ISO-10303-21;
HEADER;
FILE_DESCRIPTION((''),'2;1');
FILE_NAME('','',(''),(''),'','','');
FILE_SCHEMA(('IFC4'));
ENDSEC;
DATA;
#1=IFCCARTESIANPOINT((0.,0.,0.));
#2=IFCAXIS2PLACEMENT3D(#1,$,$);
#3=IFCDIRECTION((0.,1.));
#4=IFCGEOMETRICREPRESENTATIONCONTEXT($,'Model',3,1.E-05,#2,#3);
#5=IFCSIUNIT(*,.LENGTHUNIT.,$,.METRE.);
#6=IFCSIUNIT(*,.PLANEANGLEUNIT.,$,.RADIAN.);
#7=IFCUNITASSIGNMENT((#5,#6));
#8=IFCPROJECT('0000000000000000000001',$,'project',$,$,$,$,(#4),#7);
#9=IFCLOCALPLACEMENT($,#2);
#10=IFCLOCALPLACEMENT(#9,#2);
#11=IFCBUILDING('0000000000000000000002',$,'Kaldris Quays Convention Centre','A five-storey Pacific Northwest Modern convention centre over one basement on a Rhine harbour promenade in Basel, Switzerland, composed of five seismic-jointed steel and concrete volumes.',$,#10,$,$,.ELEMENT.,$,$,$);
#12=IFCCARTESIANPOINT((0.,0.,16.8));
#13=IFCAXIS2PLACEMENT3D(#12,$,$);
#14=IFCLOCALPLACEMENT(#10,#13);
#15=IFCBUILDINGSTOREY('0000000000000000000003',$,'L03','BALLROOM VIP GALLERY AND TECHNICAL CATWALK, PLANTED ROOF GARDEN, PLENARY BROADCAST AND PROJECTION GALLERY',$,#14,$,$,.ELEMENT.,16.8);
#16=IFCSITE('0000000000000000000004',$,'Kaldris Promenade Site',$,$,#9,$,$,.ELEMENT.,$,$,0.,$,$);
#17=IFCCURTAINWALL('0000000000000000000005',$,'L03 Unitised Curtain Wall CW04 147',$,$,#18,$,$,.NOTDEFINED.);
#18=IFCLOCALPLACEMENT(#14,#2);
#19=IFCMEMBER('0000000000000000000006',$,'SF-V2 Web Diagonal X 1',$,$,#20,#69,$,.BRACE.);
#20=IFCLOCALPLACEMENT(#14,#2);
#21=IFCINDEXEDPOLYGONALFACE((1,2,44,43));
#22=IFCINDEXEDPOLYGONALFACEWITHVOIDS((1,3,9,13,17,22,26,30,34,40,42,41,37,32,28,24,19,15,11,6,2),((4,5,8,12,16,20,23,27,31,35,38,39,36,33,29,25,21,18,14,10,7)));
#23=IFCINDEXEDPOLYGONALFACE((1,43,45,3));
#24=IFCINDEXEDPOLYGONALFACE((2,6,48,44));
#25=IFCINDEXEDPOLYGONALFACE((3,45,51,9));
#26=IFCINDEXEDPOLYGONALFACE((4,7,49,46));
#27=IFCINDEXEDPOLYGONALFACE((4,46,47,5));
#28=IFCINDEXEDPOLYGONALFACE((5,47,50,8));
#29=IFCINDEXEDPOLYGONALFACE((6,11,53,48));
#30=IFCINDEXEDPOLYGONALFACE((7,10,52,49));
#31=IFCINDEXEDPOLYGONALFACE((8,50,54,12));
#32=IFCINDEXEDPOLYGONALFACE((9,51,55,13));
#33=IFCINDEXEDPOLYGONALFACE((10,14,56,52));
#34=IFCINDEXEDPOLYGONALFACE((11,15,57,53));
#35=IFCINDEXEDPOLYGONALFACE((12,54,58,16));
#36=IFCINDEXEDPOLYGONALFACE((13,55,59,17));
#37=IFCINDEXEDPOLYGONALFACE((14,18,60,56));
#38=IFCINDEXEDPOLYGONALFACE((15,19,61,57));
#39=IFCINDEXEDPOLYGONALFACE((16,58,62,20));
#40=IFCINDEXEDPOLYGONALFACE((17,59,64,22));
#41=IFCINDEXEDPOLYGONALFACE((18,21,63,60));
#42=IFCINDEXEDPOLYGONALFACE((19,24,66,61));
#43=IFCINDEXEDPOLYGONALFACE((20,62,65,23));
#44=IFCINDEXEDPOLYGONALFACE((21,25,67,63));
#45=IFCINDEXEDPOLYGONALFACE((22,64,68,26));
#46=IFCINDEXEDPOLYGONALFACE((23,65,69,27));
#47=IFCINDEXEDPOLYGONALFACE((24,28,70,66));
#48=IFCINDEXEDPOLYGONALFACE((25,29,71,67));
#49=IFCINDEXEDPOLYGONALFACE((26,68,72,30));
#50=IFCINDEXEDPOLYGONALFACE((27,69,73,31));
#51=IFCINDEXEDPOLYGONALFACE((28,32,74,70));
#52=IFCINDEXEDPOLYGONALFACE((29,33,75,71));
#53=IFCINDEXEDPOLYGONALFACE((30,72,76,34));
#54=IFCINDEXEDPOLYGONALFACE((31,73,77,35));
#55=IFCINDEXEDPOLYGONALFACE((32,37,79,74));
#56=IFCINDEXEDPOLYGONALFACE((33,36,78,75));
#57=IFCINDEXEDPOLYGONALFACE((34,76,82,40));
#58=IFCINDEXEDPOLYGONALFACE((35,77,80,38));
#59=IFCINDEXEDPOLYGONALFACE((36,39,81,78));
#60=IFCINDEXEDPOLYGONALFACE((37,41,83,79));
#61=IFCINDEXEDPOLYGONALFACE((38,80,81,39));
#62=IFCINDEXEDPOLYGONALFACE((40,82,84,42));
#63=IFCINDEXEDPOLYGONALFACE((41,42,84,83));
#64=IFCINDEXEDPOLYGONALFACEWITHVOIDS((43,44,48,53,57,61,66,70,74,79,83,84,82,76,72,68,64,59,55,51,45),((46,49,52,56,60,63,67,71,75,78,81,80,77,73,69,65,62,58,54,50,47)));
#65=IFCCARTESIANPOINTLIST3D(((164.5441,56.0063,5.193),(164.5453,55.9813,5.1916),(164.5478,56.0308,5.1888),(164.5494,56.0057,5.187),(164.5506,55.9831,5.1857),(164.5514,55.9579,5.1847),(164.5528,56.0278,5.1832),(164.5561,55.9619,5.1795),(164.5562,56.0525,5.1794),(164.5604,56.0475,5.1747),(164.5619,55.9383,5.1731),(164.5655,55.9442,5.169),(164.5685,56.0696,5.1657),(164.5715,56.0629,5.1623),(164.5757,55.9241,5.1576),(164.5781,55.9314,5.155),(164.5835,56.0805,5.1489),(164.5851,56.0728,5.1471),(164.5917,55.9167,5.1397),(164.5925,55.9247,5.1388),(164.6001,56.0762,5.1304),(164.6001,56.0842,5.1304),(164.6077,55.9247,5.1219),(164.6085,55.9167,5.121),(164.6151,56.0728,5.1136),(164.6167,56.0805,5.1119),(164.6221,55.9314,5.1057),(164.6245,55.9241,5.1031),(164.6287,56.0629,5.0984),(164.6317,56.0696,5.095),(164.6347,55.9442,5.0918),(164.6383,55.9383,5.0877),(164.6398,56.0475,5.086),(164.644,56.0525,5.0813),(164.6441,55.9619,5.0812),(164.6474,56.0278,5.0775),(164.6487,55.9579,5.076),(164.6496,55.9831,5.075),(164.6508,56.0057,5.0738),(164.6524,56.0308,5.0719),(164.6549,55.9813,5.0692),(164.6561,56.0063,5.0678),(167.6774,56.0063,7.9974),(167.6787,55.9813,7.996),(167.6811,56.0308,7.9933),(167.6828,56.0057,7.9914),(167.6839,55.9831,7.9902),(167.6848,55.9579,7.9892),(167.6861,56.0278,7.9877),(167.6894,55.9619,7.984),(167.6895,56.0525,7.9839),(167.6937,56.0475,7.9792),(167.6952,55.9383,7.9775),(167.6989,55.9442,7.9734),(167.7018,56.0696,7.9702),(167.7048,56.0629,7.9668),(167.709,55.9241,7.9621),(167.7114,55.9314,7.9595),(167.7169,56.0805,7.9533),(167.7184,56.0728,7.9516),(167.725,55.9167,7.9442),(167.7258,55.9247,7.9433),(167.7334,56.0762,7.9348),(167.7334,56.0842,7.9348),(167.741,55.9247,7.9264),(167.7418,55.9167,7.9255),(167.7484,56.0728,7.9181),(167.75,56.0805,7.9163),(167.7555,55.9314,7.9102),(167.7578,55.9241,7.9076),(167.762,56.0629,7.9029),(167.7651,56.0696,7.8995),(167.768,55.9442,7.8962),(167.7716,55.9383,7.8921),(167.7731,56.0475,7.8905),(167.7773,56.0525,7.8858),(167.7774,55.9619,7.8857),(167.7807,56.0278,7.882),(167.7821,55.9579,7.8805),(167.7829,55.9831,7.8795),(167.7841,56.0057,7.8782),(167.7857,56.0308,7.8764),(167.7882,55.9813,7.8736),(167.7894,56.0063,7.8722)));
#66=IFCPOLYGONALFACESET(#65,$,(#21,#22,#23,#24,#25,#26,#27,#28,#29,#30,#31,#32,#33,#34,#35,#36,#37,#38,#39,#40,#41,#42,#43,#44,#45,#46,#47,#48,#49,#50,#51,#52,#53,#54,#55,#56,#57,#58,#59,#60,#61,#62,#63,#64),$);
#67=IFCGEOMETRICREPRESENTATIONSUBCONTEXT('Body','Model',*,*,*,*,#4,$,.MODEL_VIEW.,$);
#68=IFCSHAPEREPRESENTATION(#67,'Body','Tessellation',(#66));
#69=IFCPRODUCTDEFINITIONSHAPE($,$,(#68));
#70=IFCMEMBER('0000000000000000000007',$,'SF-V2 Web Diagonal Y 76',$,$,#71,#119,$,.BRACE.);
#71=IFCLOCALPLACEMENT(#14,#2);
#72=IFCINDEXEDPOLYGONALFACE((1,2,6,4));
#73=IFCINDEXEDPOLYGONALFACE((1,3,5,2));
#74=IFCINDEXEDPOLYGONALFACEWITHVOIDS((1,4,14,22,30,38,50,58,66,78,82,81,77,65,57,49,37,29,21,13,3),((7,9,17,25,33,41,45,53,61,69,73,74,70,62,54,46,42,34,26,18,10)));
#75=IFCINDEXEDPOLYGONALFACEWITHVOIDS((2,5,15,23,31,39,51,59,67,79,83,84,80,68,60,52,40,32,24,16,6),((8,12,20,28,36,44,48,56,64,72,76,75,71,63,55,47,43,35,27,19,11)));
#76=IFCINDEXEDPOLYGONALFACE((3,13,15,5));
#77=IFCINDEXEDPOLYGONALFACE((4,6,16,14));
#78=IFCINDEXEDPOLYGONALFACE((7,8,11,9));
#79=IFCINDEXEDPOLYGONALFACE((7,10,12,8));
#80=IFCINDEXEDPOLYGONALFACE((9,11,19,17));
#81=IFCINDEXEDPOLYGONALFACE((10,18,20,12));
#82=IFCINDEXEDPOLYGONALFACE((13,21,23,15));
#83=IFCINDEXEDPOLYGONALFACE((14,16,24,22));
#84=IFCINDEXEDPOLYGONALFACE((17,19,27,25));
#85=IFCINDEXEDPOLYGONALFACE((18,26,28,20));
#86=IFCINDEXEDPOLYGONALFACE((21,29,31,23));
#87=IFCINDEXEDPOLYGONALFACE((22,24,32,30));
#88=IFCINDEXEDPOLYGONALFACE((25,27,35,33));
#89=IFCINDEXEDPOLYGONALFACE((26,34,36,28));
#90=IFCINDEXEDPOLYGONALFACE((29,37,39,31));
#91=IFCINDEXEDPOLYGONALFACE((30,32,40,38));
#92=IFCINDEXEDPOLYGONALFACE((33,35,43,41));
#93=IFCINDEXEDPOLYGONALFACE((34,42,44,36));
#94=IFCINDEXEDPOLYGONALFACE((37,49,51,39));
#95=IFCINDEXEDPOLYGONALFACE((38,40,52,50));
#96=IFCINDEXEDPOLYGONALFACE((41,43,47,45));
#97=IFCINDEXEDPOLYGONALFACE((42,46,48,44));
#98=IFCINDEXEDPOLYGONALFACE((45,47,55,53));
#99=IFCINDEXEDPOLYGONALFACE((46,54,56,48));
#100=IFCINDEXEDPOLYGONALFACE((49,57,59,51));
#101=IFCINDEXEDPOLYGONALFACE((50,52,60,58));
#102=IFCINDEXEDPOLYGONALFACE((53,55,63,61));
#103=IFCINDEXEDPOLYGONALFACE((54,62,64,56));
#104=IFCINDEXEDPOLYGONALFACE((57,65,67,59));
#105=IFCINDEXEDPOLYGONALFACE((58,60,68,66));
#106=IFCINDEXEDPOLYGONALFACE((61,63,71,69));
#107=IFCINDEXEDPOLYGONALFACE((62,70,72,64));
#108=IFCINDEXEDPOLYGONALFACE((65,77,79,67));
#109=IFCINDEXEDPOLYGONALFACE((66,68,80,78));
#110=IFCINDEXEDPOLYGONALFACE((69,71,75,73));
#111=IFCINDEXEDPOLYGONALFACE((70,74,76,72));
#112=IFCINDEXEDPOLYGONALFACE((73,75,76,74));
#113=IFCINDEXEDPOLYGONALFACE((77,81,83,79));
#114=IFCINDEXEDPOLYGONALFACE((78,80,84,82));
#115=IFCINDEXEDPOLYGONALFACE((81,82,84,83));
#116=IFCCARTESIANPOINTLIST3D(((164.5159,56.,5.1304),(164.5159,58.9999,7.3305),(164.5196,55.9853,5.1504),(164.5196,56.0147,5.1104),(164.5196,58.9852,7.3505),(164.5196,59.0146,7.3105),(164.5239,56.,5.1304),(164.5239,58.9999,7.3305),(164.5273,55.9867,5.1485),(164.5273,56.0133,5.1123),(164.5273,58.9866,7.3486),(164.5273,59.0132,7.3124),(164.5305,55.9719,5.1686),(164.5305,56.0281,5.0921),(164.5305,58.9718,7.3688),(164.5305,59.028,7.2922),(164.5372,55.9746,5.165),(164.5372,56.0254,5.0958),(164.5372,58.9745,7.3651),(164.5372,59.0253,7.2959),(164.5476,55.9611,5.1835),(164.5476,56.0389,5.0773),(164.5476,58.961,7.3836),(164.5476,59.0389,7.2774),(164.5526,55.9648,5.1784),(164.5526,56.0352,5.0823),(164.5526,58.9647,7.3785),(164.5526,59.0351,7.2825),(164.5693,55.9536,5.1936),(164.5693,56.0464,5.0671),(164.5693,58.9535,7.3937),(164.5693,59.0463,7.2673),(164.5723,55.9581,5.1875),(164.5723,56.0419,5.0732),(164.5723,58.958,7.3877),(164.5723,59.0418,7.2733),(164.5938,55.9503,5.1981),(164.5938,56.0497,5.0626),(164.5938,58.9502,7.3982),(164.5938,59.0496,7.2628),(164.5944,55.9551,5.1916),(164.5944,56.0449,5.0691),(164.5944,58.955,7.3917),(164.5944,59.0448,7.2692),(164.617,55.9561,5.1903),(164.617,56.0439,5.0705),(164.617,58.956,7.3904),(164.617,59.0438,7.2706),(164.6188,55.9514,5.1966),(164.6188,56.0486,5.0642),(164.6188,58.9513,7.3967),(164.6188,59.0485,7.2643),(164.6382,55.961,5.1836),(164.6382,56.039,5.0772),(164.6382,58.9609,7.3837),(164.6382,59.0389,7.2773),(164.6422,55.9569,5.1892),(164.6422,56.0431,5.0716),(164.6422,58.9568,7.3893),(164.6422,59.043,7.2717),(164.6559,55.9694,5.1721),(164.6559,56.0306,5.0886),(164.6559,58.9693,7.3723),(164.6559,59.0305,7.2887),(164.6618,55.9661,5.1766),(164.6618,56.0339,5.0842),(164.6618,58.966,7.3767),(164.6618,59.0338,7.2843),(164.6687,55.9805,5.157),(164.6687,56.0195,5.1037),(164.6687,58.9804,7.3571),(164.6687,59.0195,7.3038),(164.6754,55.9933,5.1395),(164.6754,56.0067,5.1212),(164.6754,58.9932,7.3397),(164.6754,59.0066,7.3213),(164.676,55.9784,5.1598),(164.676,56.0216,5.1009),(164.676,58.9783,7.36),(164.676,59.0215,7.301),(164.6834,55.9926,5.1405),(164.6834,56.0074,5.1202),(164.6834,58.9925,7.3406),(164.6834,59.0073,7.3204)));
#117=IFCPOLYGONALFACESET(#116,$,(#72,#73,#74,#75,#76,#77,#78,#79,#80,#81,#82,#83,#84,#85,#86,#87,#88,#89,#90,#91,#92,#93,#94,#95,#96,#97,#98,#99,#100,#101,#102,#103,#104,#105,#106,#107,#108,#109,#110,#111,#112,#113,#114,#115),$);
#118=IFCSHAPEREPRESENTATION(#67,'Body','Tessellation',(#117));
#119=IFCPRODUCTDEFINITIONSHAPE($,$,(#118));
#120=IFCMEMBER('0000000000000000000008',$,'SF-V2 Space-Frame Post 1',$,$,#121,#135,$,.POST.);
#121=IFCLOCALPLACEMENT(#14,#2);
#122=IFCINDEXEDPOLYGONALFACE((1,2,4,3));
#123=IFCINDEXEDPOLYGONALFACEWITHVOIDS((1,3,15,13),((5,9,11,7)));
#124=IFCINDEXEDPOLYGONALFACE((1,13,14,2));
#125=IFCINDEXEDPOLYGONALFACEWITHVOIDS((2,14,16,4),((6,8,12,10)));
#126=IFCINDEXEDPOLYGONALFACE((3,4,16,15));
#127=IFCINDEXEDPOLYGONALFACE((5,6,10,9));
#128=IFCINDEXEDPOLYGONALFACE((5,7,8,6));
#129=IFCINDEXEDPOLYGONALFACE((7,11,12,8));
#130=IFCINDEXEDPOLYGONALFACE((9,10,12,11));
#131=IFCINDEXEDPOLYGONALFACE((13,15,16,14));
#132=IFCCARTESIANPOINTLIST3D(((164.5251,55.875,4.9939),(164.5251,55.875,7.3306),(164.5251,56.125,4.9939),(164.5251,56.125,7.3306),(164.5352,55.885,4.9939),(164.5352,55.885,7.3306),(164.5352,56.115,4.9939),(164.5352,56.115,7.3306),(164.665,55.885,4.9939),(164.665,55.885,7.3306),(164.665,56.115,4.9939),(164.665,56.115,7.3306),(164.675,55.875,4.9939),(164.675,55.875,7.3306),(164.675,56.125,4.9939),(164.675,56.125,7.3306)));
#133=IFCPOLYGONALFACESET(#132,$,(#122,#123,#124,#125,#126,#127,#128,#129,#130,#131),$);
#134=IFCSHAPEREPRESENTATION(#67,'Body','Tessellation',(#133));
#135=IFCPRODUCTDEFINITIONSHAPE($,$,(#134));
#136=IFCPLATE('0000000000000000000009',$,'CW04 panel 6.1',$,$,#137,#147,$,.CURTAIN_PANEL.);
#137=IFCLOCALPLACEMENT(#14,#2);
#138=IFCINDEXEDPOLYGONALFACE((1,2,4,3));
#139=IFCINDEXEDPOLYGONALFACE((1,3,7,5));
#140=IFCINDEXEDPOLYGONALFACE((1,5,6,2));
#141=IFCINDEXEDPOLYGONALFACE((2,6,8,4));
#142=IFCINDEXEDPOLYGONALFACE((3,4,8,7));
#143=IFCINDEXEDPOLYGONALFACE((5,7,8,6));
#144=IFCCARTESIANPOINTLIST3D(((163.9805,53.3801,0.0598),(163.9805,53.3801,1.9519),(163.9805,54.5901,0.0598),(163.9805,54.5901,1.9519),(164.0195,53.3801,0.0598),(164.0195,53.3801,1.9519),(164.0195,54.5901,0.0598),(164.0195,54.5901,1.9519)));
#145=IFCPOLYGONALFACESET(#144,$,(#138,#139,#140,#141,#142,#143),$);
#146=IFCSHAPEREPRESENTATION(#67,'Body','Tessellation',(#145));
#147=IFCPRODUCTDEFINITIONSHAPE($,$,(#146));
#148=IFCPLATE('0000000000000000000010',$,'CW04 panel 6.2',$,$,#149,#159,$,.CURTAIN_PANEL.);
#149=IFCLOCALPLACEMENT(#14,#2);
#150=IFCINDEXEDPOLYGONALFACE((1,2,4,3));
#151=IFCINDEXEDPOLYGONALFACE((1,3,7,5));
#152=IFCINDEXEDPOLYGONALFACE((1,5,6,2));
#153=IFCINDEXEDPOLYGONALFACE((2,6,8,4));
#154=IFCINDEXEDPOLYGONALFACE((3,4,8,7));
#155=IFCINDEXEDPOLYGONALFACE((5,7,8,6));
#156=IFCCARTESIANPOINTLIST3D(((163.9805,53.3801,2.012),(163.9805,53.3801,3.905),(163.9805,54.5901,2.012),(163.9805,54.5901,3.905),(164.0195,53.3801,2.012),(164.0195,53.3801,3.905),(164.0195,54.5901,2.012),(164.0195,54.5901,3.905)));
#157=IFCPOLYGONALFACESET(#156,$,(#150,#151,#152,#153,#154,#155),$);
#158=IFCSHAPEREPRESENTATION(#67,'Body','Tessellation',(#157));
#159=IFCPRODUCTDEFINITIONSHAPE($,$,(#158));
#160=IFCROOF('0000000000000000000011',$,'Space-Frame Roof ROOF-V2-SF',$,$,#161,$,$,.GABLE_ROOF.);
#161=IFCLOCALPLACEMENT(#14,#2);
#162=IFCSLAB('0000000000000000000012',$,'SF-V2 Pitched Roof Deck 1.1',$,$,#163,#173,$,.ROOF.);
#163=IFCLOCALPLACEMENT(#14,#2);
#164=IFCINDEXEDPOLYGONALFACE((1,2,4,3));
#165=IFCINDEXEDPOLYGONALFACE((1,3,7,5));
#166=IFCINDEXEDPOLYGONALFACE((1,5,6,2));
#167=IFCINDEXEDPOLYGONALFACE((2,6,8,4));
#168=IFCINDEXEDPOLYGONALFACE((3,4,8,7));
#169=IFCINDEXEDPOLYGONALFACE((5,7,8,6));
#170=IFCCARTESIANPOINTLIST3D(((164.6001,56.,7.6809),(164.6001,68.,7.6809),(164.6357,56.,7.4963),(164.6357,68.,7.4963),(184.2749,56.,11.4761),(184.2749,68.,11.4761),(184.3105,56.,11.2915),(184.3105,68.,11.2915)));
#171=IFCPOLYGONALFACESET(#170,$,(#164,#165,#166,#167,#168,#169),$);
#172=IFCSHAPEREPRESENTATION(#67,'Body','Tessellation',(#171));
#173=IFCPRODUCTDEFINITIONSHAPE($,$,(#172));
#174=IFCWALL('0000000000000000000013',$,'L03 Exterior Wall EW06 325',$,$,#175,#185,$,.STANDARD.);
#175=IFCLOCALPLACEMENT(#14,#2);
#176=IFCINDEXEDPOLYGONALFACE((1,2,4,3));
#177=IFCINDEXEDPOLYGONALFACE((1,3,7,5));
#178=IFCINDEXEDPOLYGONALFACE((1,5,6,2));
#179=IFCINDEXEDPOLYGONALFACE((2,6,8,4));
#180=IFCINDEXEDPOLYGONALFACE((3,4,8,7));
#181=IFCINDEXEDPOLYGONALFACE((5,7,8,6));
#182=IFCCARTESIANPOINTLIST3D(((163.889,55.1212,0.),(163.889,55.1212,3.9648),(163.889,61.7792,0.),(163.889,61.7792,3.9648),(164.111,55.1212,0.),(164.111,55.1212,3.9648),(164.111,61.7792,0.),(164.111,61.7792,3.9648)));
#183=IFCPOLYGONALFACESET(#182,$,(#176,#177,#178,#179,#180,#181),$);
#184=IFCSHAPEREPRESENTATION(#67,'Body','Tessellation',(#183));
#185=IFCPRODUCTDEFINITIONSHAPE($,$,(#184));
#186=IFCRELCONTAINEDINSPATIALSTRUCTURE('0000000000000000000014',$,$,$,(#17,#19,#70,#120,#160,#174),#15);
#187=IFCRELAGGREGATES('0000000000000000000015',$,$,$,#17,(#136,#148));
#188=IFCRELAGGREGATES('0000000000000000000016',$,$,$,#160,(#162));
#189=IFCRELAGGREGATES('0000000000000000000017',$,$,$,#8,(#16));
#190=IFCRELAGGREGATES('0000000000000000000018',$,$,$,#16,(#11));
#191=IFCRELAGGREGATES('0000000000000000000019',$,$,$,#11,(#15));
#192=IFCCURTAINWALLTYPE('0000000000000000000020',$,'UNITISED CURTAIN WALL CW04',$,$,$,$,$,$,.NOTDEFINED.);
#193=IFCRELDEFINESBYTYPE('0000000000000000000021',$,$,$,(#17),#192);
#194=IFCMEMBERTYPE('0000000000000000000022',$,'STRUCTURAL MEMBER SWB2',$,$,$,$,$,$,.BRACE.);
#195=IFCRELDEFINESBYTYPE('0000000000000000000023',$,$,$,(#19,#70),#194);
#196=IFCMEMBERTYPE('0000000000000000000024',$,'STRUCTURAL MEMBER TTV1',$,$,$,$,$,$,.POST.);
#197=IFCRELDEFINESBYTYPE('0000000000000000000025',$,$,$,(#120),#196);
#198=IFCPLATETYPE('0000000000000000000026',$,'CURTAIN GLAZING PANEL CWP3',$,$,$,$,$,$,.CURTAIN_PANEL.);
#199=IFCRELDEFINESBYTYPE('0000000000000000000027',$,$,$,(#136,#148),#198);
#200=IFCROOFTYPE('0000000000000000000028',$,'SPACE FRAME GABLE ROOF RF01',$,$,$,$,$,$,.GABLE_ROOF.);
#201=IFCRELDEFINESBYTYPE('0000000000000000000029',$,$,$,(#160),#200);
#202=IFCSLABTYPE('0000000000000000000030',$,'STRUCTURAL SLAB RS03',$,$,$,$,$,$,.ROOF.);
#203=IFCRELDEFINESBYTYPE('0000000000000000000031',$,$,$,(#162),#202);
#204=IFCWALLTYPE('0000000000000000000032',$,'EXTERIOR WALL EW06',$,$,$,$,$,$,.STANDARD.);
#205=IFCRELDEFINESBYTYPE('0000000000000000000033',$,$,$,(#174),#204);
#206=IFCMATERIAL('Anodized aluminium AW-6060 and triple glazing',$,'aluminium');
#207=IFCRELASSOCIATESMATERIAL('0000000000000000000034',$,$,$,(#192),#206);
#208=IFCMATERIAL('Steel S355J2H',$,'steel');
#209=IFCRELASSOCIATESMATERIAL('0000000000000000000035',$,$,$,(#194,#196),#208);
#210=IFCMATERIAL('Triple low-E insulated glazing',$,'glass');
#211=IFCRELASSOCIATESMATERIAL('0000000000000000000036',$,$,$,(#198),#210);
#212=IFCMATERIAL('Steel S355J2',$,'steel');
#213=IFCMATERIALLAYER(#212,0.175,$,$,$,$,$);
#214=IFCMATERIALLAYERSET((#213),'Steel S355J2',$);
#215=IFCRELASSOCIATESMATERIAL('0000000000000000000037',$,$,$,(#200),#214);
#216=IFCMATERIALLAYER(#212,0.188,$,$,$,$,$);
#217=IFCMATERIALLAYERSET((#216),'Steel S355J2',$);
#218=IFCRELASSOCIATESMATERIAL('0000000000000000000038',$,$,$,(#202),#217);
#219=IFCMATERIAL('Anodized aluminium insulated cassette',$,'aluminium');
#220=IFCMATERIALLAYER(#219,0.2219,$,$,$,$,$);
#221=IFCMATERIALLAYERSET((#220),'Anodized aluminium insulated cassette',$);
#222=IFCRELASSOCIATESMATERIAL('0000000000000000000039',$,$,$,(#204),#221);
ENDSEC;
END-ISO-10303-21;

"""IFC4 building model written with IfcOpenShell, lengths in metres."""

from ifc_helpers import new_model, si_unit, direction, frame, frame_2d, origin, origin_2d, place, context, subcontext, project, spatial, polyline, rectangle, hollow_rectangle, hollow_circle, outline, extrude, material, layer, layer_set, material_profile, profile_set, type_object, element, aggregate, save


model = new_model("IFC4")

# Units and contexts
model_context = context("Model", 3, precision=1e-05, world=origin(), true_north=direction((0.0, 1.0)))
body_context = subcontext(model_context, "Body", "Model", "MODEL_VIEW")
ifc_project = project(units=[si_unit("LENGTHUNIT", "METRE"), si_unit("PLANEANGLEUNIT", "RADIAN")], contexts=[model_context])

# Site, building, storey
site_placement = place(None, origin())
site = spatial("IfcSite", under=ifc_project, at=site_placement, Name="Kaldris Promenade Site", CompositionType="ELEMENT", RefElevation=0.0)
building_placement = place(site_placement, origin())
building = spatial("IfcBuilding", under=site, at=building_placement, Name="Kaldris Quays Convention Centre", Description="A five-storey Pacific Northwest Modern convention centre over one basement on a Rhine harbour promenade in Basel, Switzerland, composed of five seismic-jointed steel and concrete volumes.", CompositionType="ELEMENT")
storey_placement = place(building_placement, frame((0.0, 0.0, 16.8)))
storey = spatial("IfcBuildingStorey", under=building, at=storey_placement, Name="L03", Description="BALLROOM VIP GALLERY AND TECHNICAL CATWALK, PLANTED ROOF GARDEN, PLENARY BROADCAST AND PROJECTION GALLERY", CompositionType="ELEMENT", Elevation=16.8)

# Shared definitions
ifc_material_1 = material(Name="Steel S355J2", Category="steel")

# Curtain wall
ifc_material_2 = material(Name="Anodized aluminium AW-6060 and triple glazing", Category="aluminium")
curtain_wall_type_1 = type_object("IfcCurtainWallType", Name="UNITISED CURTAIN WALL CW04", PredefinedType="NOTDEFINED", material=ifc_material_2)
curtain_wall_1_placement = place(storey_placement, origin())
curtain_wall_1 = element("IfcCurtainWall", 1, at=curtain_wall_1_placement, inside=storey, type_object=curtain_wall_type_1, Name="L03 Unitised Curtain Wall CW04 147", PredefinedType="NOTDEFINED")

# Members
ifc_material_3 = material(Name="Steel S355J2H", Category="steel")
ifc_material_profile_1 = material_profile(ifc_material_3, hollow_circle(Radius=0.0842, WallThickness=0.0081, at=origin_2d()), Name="CHS 168.3x8")
ifc_profile_set_1 = profile_set([ifc_material_profile_1], Name="Steel S355J2H")
member_type_1 = type_object("IfcMemberType", Name="STRUCTURAL MEMBER SWB2", PredefinedType="BRACE", material=ifc_profile_set_1)
member_1_placement = place(storey_placement, frame((164.6001, 56.0, 5.1304), z_axis=(0.745127, 0.0, 0.666922), x_axis=(0.0, 1.0, 0.0)))
element("IfcMember", 2, at=member_1_placement, inside=storey, type_object=member_type_1, Name="SF-V2 Web Diagonal X 1", PredefinedType="BRACE", context=body_context, shape_type="SweptSolid", body=[
    extrude(hollow_circle(Radius=0.0842, WallThickness=0.0081, at=origin_2d()), origin(), (0.0, 0.0, 1.0), 4.2051),
])
member_2_placement = place(storey_placement, frame((164.6001, 56.0, 5.1304), z_axis=(0.0, 0.80638, 0.591398), x_axis=(-1.0, 0.0, 0.0)))
element("IfcMember", 3, at=member_2_placement, inside=storey, type_object=member_type_1, Name="SF-V2 Web Diagonal Y 76", PredefinedType="BRACE", context=body_context, shape_type="SweptSolid", body=[
    extrude(hollow_circle(Radius=0.0842, WallThickness=0.0081, at=origin_2d()), origin(), (0.0, 0.0, 1.0), 3.7202),
])
ifc_material_profile_2 = material_profile(ifc_material_3, hollow_rectangle(XDim=0.1499, YDim=0.25, WallThickness=0.01, at=origin_2d()), Name="RHS 250x150x10")
ifc_profile_set_2 = profile_set([ifc_material_profile_2], Name="Steel S355J2H")
member_type_2 = type_object("IfcMemberType", Name="STRUCTURAL MEMBER TTV1", PredefinedType="POST", material=ifc_profile_set_2)
member_3_placement = place(storey_placement, frame((164.6001, 56.0, 4.9939), z_axis=(0.0, 0.0, 1.0), x_axis=(1.0, 0.0, 0.0)))
element("IfcMember", 4, at=member_3_placement, inside=storey, type_object=member_type_2, Name="SF-V2 Space-Frame Post 1", PredefinedType="POST", context=body_context, shape_type="SweptSolid", body=[
    extrude(hollow_rectangle(XDim=0.1499, YDim=0.25, WallThickness=0.01, at=origin_2d()), origin(), (0.0, 0.0, 1.0), 2.3367),
])

# Plates
ifc_material_4 = material(Name="Triple low-E insulated glazing", Category="glass")
plate_type = type_object("IfcPlateType", Name="CURTAIN GLAZING PANEL CWP3", PredefinedType="CURTAIN_PANEL", material=ifc_material_4)
plate_1_placement = place(storey_placement, frame((164.0, 53.9851, 0.0598), z_axis=(0.0, 0.0, 1.0), x_axis=(0.0, 1.0, 0.0)))
plate_1 = element("IfcPlate", 5, at=plate_1_placement, type_object=plate_type, Name="CW04 panel 6.1", PredefinedType="CURTAIN_PANEL", context=body_context, shape_type="SweptSolid", body=[
    extrude(rectangle(XDim=1.21, YDim=0.0391, at=origin_2d()), origin(), (0.0, 0.0, 1.0), 1.8921),
])
plate_2_placement = place(storey_placement, frame((164.0, 53.9851, 2.012), z_axis=(0.0, 0.0, 1.0), x_axis=(0.0, 1.0, 0.0)))
plate_2 = element("IfcPlate", 6, at=plate_2_placement, type_object=plate_type, Name="CW04 panel 6.2", PredefinedType="CURTAIN_PANEL", context=body_context, shape_type="SweptSolid", body=[
    extrude(rectangle(XDim=1.21, YDim=0.0391, at=origin_2d()), origin(), (0.0, 0.0, 1.0), 1.8931),
])
aggregate(curtain_wall_1, [plate_1, plate_2])

# Roof, slab
ifc_layer_1 = layer(ifc_material_1, 0.175)
ifc_layer_set_1 = layer_set([ifc_layer_1], Name="Steel S355J2")
roof_type = type_object("IfcRoofType", Name="SPACE FRAME GABLE ROOF RF01", PredefinedType="GABLE_ROOF", material=ifc_layer_set_1)
roof_placement = place(storey_placement, origin())
roof = element("IfcRoof", 7, at=roof_placement, inside=storey, type_object=roof_type, Name="Space-Frame Roof ROOF-V2-SF", PredefinedType="GABLE_ROOF")
ifc_layer_2 = layer(ifc_material_1, 0.188)
ifc_layer_set_2 = layer_set([ifc_layer_2], Name="Steel S355J2")
slab_type = type_object("IfcSlabType", Name="STRUCTURAL SLAB RS03", PredefinedType="ROOF", material=ifc_layer_set_2)
slab_placement = place(storey_placement, frame((164.6001, 56.0, 7.6809), z_axis=(-0.189403, 0.0, 0.981899), x_axis=(0.981899, 0.0, 0.189403)))
slab = element("IfcSlab", 8, at=slab_placement, type_object=slab_type, Name="SF-V2 Pitched Roof Deck 1.1", PredefinedType="ROOF", context=body_context, shape_type="SweptSolid", body=[
    extrude(outline(polyline([(0.0, 0.0), (20.0375, 0.0), (20.0375, 12.0), (0.0, 12.0), (0.0, 0.0)])), origin(), (0.0, 0.0, -1.0), 0.188),
])
aggregate(roof, [slab])

# Wall
ifc_material_5 = material(Name="Anodized aluminium insulated cassette", Category="aluminium")
ifc_layer_3 = layer(ifc_material_5, 0.2219)
ifc_layer_set_3 = layer_set([ifc_layer_3], Name="Anodized aluminium insulated cassette")
wall_type = type_object("IfcWallType", Name="EXTERIOR WALL EW06", PredefinedType="STANDARD", material=ifc_layer_set_3)
wall_placement = place(storey_placement, frame((164.0, 55.1211, 0.0), z_axis=(0.0, 0.0, 1.0), x_axis=(0.0, 1.0, 0.0)))
element("IfcWall", 9, at=wall_placement, inside=storey, type_object=wall_type, Name="L03 Exterior Wall EW06 325", PredefinedType="STANDARD", context=body_context, shape_type="SweptSolid", body=[
    extrude(rectangle(XDim=6.658, YDim=0.2219, at=frame_2d((3.3291, 0.0))), origin(), (0.0, 0.0, 1.0), 3.9648),
])

save(model, "model.ifc")
